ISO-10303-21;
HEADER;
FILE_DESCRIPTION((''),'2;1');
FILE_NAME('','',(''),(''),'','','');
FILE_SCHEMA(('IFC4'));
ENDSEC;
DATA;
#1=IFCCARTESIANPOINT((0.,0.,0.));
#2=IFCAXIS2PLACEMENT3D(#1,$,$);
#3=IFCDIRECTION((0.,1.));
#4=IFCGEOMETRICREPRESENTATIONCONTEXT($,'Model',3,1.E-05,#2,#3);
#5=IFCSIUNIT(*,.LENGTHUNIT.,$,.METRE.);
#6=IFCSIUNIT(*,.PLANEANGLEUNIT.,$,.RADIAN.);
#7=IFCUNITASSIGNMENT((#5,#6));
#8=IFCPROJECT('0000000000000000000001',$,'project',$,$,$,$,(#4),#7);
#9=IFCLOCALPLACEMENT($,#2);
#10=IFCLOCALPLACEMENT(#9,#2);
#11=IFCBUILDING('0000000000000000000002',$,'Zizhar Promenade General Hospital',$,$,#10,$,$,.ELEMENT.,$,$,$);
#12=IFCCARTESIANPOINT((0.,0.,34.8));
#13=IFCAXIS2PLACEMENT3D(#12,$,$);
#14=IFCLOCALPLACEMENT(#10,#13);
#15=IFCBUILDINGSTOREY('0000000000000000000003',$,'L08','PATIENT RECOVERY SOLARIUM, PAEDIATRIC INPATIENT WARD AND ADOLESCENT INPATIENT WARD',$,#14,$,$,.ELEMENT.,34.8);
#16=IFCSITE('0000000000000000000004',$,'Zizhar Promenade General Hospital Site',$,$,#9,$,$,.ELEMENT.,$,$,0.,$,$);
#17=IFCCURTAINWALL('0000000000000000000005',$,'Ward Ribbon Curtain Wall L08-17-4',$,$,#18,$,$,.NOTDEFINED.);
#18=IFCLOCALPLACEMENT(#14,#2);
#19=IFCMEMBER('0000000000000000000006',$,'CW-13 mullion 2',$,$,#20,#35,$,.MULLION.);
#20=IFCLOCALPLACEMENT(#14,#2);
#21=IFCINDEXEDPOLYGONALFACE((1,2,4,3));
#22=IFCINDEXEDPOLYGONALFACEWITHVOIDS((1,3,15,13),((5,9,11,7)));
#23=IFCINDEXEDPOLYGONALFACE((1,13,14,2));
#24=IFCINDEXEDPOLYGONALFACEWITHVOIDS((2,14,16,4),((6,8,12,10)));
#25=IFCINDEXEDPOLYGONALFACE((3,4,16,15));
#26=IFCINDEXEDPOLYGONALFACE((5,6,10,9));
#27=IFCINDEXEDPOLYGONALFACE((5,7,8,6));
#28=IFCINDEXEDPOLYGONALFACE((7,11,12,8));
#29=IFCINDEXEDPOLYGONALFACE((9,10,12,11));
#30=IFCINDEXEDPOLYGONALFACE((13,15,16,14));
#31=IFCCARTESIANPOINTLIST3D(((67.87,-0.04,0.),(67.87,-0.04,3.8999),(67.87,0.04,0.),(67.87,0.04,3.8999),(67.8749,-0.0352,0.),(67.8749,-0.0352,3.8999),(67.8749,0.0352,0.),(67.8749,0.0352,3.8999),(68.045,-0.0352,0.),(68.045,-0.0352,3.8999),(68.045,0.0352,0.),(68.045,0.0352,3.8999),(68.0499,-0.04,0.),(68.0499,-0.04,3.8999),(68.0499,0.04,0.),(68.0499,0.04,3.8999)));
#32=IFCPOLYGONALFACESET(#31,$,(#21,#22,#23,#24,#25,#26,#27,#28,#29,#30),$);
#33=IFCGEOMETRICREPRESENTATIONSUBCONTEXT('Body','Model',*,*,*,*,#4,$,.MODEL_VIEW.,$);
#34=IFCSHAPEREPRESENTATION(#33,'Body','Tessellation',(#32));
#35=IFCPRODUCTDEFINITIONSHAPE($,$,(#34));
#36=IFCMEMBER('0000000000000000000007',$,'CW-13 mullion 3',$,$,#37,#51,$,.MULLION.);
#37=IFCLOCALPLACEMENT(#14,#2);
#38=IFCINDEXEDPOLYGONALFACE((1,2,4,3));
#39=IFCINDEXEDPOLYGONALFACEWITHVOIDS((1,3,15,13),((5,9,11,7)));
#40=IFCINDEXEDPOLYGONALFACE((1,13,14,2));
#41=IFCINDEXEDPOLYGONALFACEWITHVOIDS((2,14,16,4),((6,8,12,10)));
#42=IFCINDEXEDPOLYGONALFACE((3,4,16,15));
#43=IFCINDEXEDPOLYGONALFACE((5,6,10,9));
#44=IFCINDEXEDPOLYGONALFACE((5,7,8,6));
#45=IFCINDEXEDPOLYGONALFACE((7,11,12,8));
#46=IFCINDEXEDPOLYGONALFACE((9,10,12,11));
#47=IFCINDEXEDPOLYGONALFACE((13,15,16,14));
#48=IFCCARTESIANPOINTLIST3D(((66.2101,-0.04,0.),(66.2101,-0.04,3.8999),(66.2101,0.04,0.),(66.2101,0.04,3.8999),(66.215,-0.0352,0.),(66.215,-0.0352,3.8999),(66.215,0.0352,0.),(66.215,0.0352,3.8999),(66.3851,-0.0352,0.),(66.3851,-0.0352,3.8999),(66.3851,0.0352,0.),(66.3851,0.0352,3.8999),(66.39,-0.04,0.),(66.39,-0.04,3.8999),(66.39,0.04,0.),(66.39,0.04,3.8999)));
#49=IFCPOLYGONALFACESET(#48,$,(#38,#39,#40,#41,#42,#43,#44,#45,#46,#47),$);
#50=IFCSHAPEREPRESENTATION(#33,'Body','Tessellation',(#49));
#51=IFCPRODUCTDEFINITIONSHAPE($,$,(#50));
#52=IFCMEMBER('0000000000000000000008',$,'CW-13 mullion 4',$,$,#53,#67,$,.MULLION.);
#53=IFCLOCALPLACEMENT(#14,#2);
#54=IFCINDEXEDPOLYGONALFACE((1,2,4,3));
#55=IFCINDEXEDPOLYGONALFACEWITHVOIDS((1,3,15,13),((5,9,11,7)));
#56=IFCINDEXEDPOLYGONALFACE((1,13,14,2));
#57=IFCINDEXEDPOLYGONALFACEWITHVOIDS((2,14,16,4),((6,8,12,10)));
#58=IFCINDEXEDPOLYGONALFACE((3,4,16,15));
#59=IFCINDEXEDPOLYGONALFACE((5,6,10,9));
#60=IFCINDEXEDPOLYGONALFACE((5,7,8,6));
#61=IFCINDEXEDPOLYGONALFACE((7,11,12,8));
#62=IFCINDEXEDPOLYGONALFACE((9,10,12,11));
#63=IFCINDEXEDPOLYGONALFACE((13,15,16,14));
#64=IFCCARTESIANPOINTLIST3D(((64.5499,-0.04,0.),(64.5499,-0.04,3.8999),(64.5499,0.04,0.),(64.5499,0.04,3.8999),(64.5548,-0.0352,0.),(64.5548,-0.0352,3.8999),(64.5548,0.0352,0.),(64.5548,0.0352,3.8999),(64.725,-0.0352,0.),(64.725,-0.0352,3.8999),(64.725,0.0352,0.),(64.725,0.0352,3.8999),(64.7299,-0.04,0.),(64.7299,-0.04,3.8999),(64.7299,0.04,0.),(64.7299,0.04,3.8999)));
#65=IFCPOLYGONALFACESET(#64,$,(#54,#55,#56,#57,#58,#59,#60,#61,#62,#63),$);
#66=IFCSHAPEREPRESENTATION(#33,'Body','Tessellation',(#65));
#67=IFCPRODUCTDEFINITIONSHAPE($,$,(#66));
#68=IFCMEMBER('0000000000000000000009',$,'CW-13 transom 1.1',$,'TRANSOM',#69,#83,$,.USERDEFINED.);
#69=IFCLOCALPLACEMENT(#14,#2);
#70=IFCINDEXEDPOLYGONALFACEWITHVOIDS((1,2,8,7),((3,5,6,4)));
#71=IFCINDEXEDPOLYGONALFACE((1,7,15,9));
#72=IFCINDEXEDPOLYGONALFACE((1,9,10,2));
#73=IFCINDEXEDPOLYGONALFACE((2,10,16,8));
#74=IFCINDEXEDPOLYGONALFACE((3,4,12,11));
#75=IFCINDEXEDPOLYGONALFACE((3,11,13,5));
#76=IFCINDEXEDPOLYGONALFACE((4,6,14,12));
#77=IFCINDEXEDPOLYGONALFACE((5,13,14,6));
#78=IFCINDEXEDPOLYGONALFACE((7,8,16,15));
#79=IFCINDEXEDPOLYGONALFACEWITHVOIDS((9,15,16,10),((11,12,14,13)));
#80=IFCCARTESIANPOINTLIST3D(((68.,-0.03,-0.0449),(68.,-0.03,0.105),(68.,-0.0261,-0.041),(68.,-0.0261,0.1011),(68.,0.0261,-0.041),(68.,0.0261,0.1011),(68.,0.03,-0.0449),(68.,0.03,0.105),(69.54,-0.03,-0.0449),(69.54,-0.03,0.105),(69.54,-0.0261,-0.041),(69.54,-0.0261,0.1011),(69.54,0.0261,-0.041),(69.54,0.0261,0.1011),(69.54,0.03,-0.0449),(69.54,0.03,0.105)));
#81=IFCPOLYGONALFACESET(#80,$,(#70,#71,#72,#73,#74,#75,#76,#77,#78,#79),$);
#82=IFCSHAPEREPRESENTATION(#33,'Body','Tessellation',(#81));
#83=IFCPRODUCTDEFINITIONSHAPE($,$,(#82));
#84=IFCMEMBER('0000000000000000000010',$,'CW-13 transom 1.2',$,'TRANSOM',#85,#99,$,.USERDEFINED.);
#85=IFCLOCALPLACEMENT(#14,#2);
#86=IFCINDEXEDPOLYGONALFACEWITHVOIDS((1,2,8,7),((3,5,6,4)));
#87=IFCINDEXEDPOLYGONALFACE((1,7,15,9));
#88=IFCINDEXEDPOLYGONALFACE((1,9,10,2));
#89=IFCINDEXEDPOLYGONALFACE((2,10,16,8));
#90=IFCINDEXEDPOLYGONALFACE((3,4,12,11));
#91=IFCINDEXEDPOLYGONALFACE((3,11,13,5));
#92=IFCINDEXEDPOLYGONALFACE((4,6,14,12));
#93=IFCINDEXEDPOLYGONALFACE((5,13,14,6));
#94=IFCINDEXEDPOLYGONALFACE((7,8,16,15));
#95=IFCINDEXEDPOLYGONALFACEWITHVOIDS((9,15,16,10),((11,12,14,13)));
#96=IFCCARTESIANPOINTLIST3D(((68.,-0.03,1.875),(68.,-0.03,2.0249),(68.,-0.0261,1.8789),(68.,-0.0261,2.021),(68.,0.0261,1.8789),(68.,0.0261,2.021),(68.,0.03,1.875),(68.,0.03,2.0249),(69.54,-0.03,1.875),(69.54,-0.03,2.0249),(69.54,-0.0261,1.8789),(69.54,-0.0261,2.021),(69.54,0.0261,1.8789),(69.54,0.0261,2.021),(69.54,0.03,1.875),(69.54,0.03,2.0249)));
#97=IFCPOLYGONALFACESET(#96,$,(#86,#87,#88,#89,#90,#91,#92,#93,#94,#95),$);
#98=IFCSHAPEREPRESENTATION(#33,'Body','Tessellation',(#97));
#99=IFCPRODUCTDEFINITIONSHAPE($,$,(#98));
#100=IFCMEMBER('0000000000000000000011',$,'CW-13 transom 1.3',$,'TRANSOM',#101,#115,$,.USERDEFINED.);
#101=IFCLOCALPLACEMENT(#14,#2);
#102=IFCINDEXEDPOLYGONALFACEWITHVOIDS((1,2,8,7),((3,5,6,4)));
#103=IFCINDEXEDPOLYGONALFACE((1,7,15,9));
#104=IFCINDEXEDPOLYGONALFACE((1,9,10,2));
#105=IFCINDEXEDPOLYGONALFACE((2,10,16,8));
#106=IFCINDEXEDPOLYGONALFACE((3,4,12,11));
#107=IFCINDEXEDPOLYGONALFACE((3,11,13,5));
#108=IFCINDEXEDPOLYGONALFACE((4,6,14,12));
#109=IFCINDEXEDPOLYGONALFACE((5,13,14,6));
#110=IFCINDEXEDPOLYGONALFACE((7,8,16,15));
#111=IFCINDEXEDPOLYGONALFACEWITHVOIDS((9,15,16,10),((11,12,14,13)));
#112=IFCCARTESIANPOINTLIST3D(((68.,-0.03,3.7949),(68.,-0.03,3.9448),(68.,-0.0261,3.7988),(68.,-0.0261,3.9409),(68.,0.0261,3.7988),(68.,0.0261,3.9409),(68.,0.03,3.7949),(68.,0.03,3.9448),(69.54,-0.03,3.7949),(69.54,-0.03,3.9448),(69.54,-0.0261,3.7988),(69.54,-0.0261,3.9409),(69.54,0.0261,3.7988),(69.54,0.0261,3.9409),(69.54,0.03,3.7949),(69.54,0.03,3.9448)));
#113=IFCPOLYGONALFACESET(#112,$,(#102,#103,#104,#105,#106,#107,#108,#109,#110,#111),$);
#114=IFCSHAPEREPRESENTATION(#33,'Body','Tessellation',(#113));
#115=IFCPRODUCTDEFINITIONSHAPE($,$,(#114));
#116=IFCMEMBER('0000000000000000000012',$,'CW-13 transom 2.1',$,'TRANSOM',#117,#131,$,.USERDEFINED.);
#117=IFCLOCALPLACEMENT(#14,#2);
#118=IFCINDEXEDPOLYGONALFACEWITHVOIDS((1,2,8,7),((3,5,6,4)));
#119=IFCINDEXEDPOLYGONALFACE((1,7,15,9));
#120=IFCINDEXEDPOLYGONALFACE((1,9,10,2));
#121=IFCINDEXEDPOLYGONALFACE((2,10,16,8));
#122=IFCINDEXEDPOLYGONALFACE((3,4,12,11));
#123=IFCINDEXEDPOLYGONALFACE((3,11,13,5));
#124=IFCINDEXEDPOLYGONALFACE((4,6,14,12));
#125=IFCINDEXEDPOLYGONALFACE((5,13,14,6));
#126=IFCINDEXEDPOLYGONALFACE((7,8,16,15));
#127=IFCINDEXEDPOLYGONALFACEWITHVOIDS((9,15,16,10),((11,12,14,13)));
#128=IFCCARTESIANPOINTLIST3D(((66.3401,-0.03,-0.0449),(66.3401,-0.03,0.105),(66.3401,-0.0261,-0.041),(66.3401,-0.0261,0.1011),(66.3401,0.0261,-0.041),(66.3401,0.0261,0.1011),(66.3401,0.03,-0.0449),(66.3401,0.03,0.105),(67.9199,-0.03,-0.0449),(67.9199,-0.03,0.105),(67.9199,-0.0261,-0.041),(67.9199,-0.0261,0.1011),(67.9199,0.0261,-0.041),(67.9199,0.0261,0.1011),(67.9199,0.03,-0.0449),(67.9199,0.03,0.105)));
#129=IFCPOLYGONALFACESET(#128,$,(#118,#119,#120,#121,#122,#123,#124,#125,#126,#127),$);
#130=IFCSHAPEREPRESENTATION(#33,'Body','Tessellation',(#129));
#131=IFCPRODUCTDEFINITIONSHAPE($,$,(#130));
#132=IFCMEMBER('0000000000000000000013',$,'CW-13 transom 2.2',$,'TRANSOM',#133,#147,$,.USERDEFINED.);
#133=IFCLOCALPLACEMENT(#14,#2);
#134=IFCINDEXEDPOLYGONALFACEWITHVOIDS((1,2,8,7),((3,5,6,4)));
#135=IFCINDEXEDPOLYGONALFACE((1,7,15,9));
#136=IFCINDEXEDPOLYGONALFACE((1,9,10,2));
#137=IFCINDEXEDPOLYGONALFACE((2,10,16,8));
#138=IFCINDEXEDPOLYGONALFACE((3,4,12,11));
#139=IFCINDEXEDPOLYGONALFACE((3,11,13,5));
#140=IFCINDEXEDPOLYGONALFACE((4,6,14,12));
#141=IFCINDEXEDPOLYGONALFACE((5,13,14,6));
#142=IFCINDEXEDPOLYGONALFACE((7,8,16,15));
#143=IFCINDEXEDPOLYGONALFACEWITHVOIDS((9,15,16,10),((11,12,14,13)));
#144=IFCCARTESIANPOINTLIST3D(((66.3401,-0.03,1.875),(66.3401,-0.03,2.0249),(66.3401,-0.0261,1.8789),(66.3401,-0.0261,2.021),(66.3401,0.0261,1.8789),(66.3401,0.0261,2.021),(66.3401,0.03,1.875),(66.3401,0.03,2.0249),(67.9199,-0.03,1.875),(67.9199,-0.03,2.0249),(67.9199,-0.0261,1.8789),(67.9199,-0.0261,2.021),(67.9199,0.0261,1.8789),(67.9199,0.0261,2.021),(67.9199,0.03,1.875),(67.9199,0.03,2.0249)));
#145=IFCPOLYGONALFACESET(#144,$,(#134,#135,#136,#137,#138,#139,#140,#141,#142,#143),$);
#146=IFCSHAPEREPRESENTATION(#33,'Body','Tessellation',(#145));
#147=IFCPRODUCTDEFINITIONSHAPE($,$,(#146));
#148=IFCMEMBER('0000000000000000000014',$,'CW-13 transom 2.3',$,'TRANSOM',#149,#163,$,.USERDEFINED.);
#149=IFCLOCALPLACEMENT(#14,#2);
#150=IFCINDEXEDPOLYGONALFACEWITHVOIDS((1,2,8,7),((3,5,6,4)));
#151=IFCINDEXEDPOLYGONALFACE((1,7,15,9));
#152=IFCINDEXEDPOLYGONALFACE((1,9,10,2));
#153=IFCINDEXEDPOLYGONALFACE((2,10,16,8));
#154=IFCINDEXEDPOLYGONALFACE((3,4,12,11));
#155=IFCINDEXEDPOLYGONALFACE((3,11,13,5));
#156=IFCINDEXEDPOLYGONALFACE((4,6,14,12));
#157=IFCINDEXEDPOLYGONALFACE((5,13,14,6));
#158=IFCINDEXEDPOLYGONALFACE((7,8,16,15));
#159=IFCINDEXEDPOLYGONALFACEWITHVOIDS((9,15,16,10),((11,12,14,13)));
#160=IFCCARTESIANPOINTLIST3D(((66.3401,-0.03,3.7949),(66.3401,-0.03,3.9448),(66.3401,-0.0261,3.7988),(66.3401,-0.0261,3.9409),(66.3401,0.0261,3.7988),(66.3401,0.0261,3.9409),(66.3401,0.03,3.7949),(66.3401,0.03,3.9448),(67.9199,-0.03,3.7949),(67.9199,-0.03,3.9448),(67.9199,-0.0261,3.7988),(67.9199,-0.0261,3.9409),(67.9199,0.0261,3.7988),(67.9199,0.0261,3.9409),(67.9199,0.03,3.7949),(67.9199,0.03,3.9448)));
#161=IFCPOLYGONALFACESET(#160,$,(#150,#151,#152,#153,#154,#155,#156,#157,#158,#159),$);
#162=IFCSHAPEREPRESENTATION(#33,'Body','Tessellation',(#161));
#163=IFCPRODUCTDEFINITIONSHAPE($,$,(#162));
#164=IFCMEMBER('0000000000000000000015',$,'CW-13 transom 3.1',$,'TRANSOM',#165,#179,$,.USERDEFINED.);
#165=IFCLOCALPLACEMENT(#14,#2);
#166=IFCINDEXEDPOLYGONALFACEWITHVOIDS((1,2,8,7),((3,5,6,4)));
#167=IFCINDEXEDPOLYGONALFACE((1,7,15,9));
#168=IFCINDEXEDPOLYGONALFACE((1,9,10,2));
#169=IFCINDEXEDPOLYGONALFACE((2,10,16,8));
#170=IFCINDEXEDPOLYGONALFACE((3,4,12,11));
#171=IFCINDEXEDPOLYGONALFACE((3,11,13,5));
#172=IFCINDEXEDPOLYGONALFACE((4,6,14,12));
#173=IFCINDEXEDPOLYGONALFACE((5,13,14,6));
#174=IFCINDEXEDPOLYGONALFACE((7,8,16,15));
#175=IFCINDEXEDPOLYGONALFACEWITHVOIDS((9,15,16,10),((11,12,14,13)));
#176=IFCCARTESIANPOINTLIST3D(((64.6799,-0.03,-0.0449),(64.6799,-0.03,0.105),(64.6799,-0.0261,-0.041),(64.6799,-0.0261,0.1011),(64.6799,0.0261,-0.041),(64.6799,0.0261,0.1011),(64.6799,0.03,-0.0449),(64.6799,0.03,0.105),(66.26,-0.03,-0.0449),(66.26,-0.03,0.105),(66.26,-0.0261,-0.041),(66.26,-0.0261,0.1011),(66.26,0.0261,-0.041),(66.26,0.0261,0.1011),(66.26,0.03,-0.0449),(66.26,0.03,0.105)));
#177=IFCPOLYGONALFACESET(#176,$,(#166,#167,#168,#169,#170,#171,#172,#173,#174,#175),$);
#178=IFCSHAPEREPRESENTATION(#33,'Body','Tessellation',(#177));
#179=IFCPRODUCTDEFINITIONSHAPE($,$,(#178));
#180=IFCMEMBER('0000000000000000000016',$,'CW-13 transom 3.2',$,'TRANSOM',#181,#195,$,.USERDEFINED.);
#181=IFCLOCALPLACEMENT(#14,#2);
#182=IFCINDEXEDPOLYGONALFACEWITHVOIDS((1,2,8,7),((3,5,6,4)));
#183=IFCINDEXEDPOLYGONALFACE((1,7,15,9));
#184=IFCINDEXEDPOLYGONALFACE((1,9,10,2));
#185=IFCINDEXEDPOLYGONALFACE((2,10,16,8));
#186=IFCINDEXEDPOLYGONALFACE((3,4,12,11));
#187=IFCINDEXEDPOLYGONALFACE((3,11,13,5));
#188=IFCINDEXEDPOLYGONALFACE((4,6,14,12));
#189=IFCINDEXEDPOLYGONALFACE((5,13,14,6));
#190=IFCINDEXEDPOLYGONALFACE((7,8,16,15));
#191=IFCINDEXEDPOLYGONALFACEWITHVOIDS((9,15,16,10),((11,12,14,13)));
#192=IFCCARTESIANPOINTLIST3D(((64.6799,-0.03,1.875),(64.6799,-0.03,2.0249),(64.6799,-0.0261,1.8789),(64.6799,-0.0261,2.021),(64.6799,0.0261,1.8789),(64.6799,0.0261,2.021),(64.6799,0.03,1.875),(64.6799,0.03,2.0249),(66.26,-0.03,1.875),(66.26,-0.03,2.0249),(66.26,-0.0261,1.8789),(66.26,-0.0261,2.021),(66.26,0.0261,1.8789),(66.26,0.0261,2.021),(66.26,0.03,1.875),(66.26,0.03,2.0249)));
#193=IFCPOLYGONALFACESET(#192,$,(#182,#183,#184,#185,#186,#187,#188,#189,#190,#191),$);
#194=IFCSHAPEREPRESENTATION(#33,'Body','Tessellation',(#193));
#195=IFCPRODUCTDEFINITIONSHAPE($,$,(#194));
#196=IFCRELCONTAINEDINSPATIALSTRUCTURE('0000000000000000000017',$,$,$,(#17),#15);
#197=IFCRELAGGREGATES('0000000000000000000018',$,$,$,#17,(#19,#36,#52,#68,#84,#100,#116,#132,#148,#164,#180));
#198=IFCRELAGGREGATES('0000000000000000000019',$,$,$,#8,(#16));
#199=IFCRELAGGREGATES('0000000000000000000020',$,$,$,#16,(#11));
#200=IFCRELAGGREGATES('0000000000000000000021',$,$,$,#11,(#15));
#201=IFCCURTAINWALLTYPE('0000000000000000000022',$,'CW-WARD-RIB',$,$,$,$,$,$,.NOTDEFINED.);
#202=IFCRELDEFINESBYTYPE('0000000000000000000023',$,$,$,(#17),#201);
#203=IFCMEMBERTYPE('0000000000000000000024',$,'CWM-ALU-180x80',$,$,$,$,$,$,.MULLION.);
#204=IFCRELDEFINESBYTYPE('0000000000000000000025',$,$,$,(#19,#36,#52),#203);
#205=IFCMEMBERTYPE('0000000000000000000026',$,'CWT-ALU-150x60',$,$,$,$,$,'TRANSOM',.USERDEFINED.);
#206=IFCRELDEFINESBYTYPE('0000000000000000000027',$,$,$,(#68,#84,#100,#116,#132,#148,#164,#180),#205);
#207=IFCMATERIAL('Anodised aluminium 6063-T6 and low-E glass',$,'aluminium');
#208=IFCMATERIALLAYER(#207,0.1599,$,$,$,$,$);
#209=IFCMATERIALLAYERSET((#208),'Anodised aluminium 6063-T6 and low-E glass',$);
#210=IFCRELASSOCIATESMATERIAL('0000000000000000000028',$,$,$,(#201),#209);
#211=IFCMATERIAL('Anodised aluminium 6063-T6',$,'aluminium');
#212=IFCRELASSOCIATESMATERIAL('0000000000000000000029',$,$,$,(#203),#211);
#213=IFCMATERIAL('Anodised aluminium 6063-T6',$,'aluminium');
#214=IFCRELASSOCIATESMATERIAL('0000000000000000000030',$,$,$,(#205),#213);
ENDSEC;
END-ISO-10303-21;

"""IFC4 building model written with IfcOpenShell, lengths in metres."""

from ifc_helpers import new_model, si_unit, direction, frame, origin, origin_2d, place, context, subcontext, project, spatial, hollow_rectangle, extrude, material, layer, layer_set, material_profile, profile_set, type_object, element, aggregate, save


model = new_model("IFC4")

# Units and contexts
model_context = context("Model", 3, precision=1e-05, world=origin(), true_north=direction((0.0, 1.0)))
body_context = subcontext(model_context, "Body", "Model", "MODEL_VIEW")
ifc_project = project(units=[si_unit("LENGTHUNIT", "METRE"), si_unit("PLANEANGLEUNIT", "RADIAN")], contexts=[model_context])

# Site, building, storey
site_placement = place(None, origin())
site = spatial("IfcSite", under=ifc_project, at=site_placement, Name="Zizhar Promenade General Hospital Site", CompositionType="ELEMENT", RefElevation=0.0)
building_placement = place(site_placement, origin())
building = spatial("IfcBuilding", under=site, at=building_placement, Name="Zizhar Promenade General Hospital", CompositionType="ELEMENT")
storey_placement = place(building_placement, frame((0.0, 0.0, 34.8)))
storey = spatial("IfcBuildingStorey", under=building, at=storey_placement, Name="L08", Description="PATIENT RECOVERY SOLARIUM, PAEDIATRIC INPATIENT WARD AND ADOLESCENT INPATIENT WARD", CompositionType="ELEMENT", Elevation=34.8)

# Curtain wall, members
ifc_material_1 = material(Name="Anodised aluminium 6063-T6 and low-E glass", Category="aluminium")
ifc_layer_1 = layer(ifc_material_1, 0.1599)
ifc_layer_set_1 = layer_set([ifc_layer_1], Name="Anodised aluminium 6063-T6 and low-E glass")
curtain_wall_type = type_object("IfcCurtainWallType", Name="CW-WARD-RIB", PredefinedType="NOTDEFINED", material=ifc_layer_set_1)
curtain_wall_placement = place(storey_placement, origin())
curtain_wall = element("IfcCurtainWall", 1, at=curtain_wall_placement, inside=storey, type_object=curtain_wall_type, Name="Ward Ribbon Curtain Wall L08-17-4", PredefinedType="NOTDEFINED")
ifc_material_2 = material(Name="Anodised aluminium 6063-T6", Category="aluminium")
ifc_material_profile_1 = material_profile(ifc_material_2, hollow_rectangle(XDim=0.0801, YDim=0.1799, WallThickness=0.0049, at=origin_2d()))
ifc_profile_set_1 = profile_set([ifc_material_profile_1], Name="Anodised aluminium 6063-T6")
member_type_1 = type_object("IfcMemberType", Name="CWM-ALU-180x80", PredefinedType="MULLION", material=ifc_profile_set_1)
member_1_placement = place(storey_placement, frame((67.96, 0.0, 0.0), z_axis=(0.0, 0.0, 1.0), x_axis=(0.0, -1.0, 0.0)))
member_1 = element("IfcMember", 2, at=member_1_placement, type_object=member_type_1, Name="CW-13 mullion 2", PredefinedType="MULLION", context=body_context, shape_type="SweptSolid", body=[
    extrude(hollow_rectangle(XDim=0.0801, YDim=0.1799, WallThickness=0.0049, at=origin_2d()), origin(), (0.0, 0.0, 1.0), 3.8999),
])
member_2_placement = place(storey_placement, frame((66.3, 0.0, 0.0), z_axis=(0.0, 0.0, 1.0), x_axis=(0.0, -1.0, 0.0)))
member_2 = element("IfcMember", 3, at=member_2_placement, type_object=member_type_1, Name="CW-13 mullion 3", PredefinedType="MULLION", context=body_context, shape_type="SweptSolid", body=[
    extrude(hollow_rectangle(XDim=0.0801, YDim=0.1799, WallThickness=0.0049, at=origin_2d()), origin(), (0.0, 0.0, 1.0), 3.8999),
])
member_3_placement = place(storey_placement, frame((64.6399, 0.0, 0.0), z_axis=(0.0, 0.0, 1.0), x_axis=(0.0, -1.0, 0.0)))
member_3 = element("IfcMember", 4, at=member_3_placement, type_object=member_type_1, Name="CW-13 mullion 4", PredefinedType="MULLION", context=body_context, shape_type="SweptSolid", body=[
    extrude(hollow_rectangle(XDim=0.0801, YDim=0.1799, WallThickness=0.0049, at=origin_2d()), origin(), (0.0, 0.0, 1.0), 3.8999),
])
ifc_material_3 = material(Name="Anodised aluminium 6063-T6", Category="aluminium")
ifc_material_profile_2 = material_profile(ifc_material_3, hollow_rectangle(XDim=0.0601, YDim=0.1499, WallThickness=0.0039, at=origin_2d()))
ifc_profile_set_2 = profile_set([ifc_material_profile_2], Name="Anodised aluminium 6063-T6")
member_type_2 = type_object("IfcMemberType", Name="CWT-ALU-150x60", ElementType="TRANSOM", PredefinedType="USERDEFINED", material=ifc_profile_set_2)
member_4_placement = place(storey_placement, frame((69.54, 0.0, 0.03), z_axis=(-1.0, 0.0, 0.0), x_axis=(0.0, -1.0, 0.0)))
member_4 = element("IfcMember", 5, at=member_4_placement, type_object=member_type_2, Name="CW-13 transom 1.1", ObjectType="TRANSOM", PredefinedType="USERDEFINED", context=body_context, shape_type="SweptSolid", body=[
    extrude(hollow_rectangle(XDim=0.0601, YDim=0.1499, WallThickness=0.0039, at=origin_2d()), origin(), (0.0, 0.0, 1.0), 1.54),
])
member_5_placement = place(storey_placement, frame((69.54, 0.0, 1.95), z_axis=(-1.0, 0.0, 0.0), x_axis=(0.0, -1.0, 0.0)))
member_5 = element("IfcMember", 6, at=member_5_placement, type_object=member_type_2, Name="CW-13 transom 1.2", ObjectType="TRANSOM", PredefinedType="USERDEFINED", context=body_context, shape_type="SweptSolid", body=[
    extrude(hollow_rectangle(XDim=0.0601, YDim=0.1499, WallThickness=0.0039, at=origin_2d()), origin(), (0.0, 0.0, 1.0), 1.54),
])
member_6_placement = place(storey_placement, frame((69.54, 0.0, 3.8699), z_axis=(-1.0, 0.0, 0.0), x_axis=(0.0, -1.0, 0.0)))
member_6 = element("IfcMember", 7, at=member_6_placement, type_object=member_type_2, Name="CW-13 transom 1.3", ObjectType="TRANSOM", PredefinedType="USERDEFINED", context=body_context, shape_type="SweptSolid", body=[
    extrude(hollow_rectangle(XDim=0.0601, YDim=0.1499, WallThickness=0.0039, at=origin_2d()), origin(), (0.0, 0.0, 1.0), 1.54),
])
member_7_placement = place(storey_placement, frame((67.9199, 0.0, 0.03), z_axis=(-1.0, 0.0, 0.0), x_axis=(0.0, -1.0, 0.0)))
member_7 = element("IfcMember", 8, at=member_7_placement, type_object=member_type_2, Name="CW-13 transom 2.1", ObjectType="TRANSOM", PredefinedType="USERDEFINED", context=body_context, shape_type="SweptSolid", body=[
    extrude(hollow_rectangle(XDim=0.0601, YDim=0.1499, WallThickness=0.0039, at=origin_2d()), origin(), (0.0, 0.0, 1.0), 1.5798),
])
member_8_placement = place(storey_placement, frame((67.9199, 0.0, 1.95), z_axis=(-1.0, 0.0, 0.0), x_axis=(0.0, -1.0, 0.0)))
member_8 = element("IfcMember", 9, at=member_8_placement, type_object=member_type_2, Name="CW-13 transom 2.2", ObjectType="TRANSOM", PredefinedType="USERDEFINED", context=body_context, shape_type="SweptSolid", body=[
    extrude(hollow_rectangle(XDim=0.0601, YDim=0.1499, WallThickness=0.0039, at=origin_2d()), origin(), (0.0, 0.0, 1.0), 1.5798),
])
member_9_placement = place(storey_placement, frame((67.9199, 0.0, 3.8699), z_axis=(-1.0, 0.0, 0.0), x_axis=(0.0, -1.0, 0.0)))
member_9 = element("IfcMember", 10, at=member_9_placement, type_object=member_type_2, Name="CW-13 transom 2.3", ObjectType="TRANSOM", PredefinedType="USERDEFINED", context=body_context, shape_type="SweptSolid", body=[
    extrude(hollow_rectangle(XDim=0.0601, YDim=0.1499, WallThickness=0.0039, at=origin_2d()), origin(), (0.0, 0.0, 1.0), 1.5798),
])
member_10_placement = place(storey_placement, frame((66.26, 0.0, 0.03), z_axis=(-1.0, 0.0, 0.0), x_axis=(0.0, -1.0, 0.0)))
member_10 = element("IfcMember", 11, at=member_10_placement, type_object=member_type_2, Name="CW-13 transom 3.1", ObjectType="TRANSOM", PredefinedType="USERDEFINED", context=body_context, shape_type="SweptSolid", body=[
    extrude(hollow_rectangle(XDim=0.0601, YDim=0.1499, WallThickness=0.0039, at=origin_2d()), origin(), (0.0, 0.0, 1.0), 1.5801),
])
member_11_placement = place(storey_placement, frame((66.26, 0.0, 1.95), z_axis=(-1.0, 0.0, 0.0), x_axis=(0.0, -1.0, 0.0)))
member_11 = element("IfcMember", 12, at=member_11_placement, type_object=member_type_2, Name="CW-13 transom 3.2", ObjectType="TRANSOM", PredefinedType="USERDEFINED", context=body_context, shape_type="SweptSolid", body=[
    extrude(hollow_rectangle(XDim=0.0601, YDim=0.1499, WallThickness=0.0039, at=origin_2d()), origin(), (0.0, 0.0, 1.0), 1.5801),
])
aggregate(curtain_wall, [member_1, member_2, member_3, member_4, member_5, member_6, member_7, member_8, member_9, member_10, member_11])

save(model, "model.ifc")
